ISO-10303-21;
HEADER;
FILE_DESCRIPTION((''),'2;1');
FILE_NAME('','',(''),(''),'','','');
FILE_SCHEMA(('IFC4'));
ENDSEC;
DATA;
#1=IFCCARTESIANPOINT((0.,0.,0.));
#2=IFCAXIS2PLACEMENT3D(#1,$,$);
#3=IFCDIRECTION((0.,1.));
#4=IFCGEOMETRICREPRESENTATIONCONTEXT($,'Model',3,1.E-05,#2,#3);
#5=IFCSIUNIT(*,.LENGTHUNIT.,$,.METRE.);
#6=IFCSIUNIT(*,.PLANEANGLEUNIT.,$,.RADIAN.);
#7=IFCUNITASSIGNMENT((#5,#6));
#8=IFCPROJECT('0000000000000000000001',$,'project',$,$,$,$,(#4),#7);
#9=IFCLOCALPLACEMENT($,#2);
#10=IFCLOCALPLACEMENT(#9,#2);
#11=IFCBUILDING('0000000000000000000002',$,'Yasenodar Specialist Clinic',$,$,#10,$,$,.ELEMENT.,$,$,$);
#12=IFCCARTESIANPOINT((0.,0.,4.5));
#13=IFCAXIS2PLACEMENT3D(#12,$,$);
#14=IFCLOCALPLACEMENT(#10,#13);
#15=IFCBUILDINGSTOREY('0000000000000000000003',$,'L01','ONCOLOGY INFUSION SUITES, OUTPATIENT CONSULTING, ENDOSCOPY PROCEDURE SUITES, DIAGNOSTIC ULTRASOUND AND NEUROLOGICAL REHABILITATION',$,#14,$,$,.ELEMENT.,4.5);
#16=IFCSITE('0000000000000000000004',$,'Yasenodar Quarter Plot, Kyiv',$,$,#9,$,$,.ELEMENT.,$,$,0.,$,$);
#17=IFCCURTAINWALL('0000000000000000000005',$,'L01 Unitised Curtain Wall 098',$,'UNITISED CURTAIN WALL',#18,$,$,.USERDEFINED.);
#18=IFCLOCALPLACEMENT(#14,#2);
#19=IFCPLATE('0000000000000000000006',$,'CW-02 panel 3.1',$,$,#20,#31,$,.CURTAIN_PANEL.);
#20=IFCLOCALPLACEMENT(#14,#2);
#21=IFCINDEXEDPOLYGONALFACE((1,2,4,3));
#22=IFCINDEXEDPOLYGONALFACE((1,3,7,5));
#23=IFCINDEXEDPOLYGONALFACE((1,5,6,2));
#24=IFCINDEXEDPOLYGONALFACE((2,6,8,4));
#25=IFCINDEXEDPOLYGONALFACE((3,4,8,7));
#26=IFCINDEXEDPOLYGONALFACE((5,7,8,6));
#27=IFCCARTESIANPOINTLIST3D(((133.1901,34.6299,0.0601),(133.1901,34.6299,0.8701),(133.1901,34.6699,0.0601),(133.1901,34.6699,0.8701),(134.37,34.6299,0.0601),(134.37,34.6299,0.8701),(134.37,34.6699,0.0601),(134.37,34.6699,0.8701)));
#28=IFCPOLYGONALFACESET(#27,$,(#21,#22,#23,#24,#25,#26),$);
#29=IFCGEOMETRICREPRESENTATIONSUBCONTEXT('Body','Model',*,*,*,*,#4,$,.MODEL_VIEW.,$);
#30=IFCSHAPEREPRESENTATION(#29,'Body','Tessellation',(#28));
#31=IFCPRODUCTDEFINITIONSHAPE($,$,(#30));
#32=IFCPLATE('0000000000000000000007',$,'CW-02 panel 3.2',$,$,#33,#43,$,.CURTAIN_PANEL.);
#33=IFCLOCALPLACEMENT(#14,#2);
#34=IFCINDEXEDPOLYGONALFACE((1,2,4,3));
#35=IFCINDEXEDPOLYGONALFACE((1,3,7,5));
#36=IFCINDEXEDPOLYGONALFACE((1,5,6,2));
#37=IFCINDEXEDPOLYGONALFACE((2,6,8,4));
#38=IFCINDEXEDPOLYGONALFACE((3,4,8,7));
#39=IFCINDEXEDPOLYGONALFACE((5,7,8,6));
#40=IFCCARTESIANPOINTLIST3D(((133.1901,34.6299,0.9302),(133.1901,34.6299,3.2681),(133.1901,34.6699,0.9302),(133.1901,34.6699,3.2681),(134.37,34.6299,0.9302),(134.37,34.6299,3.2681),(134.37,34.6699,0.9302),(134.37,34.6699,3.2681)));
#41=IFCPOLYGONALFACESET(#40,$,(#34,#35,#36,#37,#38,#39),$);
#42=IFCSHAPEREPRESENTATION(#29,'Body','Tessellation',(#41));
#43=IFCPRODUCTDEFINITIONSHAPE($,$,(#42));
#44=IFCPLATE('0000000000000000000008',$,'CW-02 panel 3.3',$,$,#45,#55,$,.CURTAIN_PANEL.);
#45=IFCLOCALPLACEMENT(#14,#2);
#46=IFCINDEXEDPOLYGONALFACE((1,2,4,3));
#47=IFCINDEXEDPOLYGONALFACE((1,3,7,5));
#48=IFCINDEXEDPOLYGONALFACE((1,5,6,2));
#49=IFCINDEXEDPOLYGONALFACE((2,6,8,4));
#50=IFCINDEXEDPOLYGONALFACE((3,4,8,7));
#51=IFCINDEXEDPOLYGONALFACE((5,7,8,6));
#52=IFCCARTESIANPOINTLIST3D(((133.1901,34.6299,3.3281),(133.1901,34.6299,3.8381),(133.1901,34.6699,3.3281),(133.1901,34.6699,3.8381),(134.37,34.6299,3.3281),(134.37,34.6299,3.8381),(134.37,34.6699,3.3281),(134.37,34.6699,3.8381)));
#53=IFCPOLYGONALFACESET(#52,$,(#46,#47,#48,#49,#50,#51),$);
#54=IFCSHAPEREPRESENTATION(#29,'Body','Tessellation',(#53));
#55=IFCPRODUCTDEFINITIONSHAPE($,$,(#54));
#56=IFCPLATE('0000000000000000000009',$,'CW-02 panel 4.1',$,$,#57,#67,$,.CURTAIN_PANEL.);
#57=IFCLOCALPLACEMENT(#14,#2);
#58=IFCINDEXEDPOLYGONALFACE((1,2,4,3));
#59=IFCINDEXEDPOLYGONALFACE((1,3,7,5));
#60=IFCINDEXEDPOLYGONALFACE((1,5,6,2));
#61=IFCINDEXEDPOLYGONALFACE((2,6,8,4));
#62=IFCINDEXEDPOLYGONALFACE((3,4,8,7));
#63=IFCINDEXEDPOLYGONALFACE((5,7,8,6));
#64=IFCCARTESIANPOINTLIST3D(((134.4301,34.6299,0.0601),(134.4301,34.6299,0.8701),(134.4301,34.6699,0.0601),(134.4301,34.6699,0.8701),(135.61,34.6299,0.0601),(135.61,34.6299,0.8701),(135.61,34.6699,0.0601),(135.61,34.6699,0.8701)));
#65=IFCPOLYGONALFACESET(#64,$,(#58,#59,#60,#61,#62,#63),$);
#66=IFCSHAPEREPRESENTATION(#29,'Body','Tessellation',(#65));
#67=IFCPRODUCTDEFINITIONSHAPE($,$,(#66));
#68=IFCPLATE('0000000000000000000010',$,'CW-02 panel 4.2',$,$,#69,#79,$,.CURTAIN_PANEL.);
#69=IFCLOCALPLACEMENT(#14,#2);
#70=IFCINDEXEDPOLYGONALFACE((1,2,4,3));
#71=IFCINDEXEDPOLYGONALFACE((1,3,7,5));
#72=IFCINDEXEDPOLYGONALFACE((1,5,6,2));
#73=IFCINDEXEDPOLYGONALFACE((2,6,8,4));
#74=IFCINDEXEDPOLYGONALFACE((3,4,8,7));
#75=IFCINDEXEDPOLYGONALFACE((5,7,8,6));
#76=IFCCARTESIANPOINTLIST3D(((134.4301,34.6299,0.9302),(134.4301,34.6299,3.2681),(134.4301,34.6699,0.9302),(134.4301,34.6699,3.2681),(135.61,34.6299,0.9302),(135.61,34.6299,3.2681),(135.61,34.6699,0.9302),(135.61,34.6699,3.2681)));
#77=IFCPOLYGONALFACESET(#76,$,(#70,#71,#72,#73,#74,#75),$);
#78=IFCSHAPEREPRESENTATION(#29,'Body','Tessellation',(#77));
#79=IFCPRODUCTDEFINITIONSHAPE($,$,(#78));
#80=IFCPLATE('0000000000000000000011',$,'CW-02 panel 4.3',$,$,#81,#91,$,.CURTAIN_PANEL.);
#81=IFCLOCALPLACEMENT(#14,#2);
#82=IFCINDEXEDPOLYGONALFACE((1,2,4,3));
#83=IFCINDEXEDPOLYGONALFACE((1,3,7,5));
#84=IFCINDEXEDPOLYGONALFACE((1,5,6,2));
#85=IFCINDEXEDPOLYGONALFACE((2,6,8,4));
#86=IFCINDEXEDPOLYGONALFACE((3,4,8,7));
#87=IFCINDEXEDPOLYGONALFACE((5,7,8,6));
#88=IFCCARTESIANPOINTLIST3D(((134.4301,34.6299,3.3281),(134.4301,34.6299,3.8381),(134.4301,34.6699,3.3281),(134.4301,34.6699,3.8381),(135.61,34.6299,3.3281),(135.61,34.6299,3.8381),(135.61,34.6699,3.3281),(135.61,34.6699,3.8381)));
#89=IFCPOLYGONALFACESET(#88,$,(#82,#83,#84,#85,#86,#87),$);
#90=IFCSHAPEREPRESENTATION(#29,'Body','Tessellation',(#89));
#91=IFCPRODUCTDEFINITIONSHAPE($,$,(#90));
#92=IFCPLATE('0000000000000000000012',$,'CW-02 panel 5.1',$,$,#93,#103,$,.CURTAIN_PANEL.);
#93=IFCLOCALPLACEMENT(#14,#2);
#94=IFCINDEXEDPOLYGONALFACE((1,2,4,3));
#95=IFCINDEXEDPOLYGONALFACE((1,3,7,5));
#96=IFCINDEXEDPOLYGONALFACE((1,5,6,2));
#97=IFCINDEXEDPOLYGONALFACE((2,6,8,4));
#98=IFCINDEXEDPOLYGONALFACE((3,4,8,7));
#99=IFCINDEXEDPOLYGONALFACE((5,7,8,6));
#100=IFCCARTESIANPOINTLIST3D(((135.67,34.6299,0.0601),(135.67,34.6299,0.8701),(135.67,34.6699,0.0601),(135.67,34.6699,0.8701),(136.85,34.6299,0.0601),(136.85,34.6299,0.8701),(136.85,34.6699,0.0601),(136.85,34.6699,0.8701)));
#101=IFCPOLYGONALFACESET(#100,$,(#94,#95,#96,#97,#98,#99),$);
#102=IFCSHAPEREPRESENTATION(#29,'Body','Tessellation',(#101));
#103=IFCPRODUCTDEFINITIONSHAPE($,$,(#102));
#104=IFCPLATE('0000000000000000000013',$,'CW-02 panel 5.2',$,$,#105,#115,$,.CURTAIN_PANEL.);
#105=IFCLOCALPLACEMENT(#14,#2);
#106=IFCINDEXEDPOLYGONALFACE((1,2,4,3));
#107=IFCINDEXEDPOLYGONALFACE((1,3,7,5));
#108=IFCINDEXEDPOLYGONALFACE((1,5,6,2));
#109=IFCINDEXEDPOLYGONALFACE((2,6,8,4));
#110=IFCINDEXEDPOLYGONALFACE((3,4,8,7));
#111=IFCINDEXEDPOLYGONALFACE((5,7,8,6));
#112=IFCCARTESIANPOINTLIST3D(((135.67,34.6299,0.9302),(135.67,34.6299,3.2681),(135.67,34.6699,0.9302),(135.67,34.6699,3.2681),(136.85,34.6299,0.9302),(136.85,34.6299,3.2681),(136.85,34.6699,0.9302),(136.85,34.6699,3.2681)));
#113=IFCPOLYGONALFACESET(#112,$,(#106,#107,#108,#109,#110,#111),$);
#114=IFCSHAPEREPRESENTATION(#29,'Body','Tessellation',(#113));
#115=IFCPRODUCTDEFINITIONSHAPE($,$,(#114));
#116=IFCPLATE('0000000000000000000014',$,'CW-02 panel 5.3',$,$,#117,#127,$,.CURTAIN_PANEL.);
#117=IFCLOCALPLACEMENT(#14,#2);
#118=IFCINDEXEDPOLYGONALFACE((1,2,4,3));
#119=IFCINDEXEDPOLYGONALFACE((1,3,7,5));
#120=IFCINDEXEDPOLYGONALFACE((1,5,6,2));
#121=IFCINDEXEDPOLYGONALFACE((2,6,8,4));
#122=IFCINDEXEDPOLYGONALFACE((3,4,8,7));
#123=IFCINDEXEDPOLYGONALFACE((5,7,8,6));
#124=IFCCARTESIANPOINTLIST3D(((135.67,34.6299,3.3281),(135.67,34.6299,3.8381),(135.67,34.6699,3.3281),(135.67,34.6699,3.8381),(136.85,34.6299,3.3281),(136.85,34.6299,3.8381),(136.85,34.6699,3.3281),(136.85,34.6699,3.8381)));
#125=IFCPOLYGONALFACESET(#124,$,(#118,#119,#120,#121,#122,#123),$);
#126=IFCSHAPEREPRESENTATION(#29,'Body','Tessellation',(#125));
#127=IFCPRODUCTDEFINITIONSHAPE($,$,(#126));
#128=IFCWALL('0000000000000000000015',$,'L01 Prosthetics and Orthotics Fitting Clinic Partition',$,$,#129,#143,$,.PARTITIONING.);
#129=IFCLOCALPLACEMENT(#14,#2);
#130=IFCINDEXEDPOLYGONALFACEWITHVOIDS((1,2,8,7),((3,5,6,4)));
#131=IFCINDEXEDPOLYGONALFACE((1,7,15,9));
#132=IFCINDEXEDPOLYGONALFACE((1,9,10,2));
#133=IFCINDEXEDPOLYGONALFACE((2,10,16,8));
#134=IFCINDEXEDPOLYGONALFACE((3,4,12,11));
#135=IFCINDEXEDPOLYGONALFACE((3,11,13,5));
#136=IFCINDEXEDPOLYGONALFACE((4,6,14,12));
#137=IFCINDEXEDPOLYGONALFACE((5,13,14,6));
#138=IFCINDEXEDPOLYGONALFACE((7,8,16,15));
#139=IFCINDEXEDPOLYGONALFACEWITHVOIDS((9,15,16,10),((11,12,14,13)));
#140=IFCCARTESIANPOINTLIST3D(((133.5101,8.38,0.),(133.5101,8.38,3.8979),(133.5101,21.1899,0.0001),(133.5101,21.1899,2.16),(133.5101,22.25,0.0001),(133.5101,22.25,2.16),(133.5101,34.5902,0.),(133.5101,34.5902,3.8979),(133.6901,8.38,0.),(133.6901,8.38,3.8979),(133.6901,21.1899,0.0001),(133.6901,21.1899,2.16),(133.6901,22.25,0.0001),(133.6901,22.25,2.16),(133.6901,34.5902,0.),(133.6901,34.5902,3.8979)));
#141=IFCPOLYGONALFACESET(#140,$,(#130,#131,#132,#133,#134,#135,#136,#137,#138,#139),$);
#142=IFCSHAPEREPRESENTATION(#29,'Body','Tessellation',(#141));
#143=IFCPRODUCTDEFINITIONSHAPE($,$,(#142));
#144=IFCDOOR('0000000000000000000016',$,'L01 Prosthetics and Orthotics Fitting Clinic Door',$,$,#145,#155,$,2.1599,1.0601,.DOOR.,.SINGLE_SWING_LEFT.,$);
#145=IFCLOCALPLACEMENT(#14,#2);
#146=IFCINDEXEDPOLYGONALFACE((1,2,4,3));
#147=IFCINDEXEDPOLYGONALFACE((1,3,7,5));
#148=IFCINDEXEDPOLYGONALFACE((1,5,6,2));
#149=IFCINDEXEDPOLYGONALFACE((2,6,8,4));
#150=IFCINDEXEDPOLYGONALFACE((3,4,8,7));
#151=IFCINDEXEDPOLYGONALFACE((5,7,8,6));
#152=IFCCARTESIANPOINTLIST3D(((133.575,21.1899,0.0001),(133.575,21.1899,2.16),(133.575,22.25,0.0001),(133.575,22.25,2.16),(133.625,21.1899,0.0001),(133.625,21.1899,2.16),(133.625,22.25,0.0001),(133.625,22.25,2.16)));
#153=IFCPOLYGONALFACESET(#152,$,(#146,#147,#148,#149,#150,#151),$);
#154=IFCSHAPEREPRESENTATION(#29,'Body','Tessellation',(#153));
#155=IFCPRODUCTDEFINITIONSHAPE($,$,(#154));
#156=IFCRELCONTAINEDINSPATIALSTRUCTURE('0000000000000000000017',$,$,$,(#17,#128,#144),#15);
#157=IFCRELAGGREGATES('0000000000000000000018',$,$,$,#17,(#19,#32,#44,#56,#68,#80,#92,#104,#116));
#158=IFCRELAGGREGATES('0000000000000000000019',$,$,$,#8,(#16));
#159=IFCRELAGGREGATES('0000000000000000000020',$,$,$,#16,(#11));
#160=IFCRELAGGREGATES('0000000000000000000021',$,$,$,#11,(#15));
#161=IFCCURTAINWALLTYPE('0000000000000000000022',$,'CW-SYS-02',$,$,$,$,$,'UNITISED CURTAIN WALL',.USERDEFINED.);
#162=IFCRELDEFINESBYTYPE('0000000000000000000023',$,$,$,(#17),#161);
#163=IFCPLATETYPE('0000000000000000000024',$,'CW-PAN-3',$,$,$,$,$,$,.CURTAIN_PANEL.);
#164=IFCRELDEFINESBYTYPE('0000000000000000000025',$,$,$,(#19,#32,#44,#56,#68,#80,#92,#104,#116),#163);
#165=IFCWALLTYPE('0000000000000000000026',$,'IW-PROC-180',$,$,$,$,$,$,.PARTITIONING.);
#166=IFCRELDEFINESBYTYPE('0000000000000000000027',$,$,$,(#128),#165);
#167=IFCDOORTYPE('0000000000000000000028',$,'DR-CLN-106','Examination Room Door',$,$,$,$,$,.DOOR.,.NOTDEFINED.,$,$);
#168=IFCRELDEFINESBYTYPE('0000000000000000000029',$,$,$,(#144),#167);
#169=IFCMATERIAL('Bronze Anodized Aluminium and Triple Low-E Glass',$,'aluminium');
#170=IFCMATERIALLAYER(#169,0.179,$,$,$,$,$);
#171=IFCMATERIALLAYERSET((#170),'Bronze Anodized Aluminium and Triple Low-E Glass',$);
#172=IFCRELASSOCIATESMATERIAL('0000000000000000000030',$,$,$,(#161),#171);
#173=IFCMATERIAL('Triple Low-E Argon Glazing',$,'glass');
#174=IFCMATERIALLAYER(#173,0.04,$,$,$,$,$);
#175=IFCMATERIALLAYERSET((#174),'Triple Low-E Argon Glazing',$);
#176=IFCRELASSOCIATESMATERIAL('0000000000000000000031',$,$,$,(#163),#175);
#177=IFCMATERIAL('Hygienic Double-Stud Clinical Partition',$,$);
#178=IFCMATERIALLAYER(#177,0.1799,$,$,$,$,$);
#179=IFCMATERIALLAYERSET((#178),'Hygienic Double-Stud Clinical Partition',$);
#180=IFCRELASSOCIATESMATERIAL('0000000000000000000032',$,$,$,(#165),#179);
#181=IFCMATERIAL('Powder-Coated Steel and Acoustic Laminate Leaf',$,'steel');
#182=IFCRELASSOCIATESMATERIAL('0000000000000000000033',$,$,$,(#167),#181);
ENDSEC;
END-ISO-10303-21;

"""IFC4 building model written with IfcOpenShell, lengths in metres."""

from ifc_helpers import new_model, si_unit, direction, frame, frame_2d, origin, origin_2d, place, context, subcontext, project, spatial, rectangle, extrude, material, layer, layer_set, type_object, element, fill, aggregate, save


model = new_model("IFC4")

# Units and contexts
model_context = context("Model", 3, precision=1e-05, world=origin(), true_north=direction((0.0, 1.0)))
body_context = subcontext(model_context, "Body", "Model", "MODEL_VIEW")
ifc_project = project(units=[si_unit("LENGTHUNIT", "METRE"), si_unit("PLANEANGLEUNIT", "RADIAN")], contexts=[model_context])

# Site, building, storey
site_placement = place(None, origin())
site = spatial("IfcSite", under=ifc_project, at=site_placement, Name="Yasenodar Quarter Plot, Kyiv", CompositionType="ELEMENT", RefElevation=0.0)
building_placement = place(site_placement, origin())
building = spatial("IfcBuilding", under=site, at=building_placement, Name="Yasenodar Specialist Clinic", CompositionType="ELEMENT")
storey_placement = place(building_placement, frame((0.0, 0.0, 4.5)))
storey = spatial("IfcBuildingStorey", under=building, at=storey_placement, Name="L01", Description="ONCOLOGY INFUSION SUITES, OUTPATIENT CONSULTING, ENDOSCOPY PROCEDURE SUITES, DIAGNOSTIC ULTRASOUND AND NEUROLOGICAL REHABILITATION", CompositionType="ELEMENT", Elevation=4.5)

# Curtain wall, plates
ifc_material_1 = material(Name="Bronze Anodized Aluminium and Triple Low-E Glass", Category="aluminium")
ifc_layer_1 = layer(ifc_material_1, 0.179)
ifc_layer_set_1 = layer_set([ifc_layer_1], Name="Bronze Anodized Aluminium and Triple Low-E Glass")
curtain_wall_type = type_object("IfcCurtainWallType", Name="CW-SYS-02", ElementType="UNITISED CURTAIN WALL", PredefinedType="USERDEFINED", material=ifc_layer_set_1)
curtain_wall_placement = place(storey_placement, origin())
curtain_wall = element("IfcCurtainWall", 1, at=curtain_wall_placement, inside=storey, type_object=curtain_wall_type, Name="L01 Unitised Curtain Wall 098", ObjectType="UNITISED CURTAIN WALL", PredefinedType="USERDEFINED")
ifc_material_2 = material(Name="Triple Low-E Argon Glazing", Category="glass")
ifc_layer_2 = layer(ifc_material_2, 0.04)
ifc_layer_set_2 = layer_set([ifc_layer_2], Name="Triple Low-E Argon Glazing")
plate_type = type_object("IfcPlateType", Name="CW-PAN-3", PredefinedType="CURTAIN_PANEL", material=ifc_layer_set_2)
plate_1_placement = place(storey_placement, frame((133.78, 34.6499, 0.0601), z_axis=(0.0, 0.0, 1.0), x_axis=(1.0, 0.0, 0.0)))
plate_1 = element("IfcPlate", 2, at=plate_1_placement, type_object=plate_type, Name="CW-02 panel 3.1", PredefinedType="CURTAIN_PANEL", context=body_context, shape_type="SweptSolid", body=[
    extrude(rectangle(XDim=1.1799, YDim=0.04, at=origin_2d()), origin(), (0.0, 0.0, 1.0), 0.8101),
])
plate_2_placement = place(storey_placement, frame((133.78, 34.6499, 0.9302), z_axis=(0.0, 0.0, 1.0), x_axis=(1.0, 0.0, 0.0)))
plate_2 = element("IfcPlate", 3, at=plate_2_placement, type_object=plate_type, Name="CW-02 panel 3.2", PredefinedType="CURTAIN_PANEL", context=body_context, shape_type="SweptSolid", body=[
    extrude(rectangle(XDim=1.1799, YDim=0.04, at=origin_2d()), origin(), (0.0, 0.0, 1.0), 2.3379),
])
plate_3_placement = place(storey_placement, frame((133.78, 34.6499, 3.3281), z_axis=(0.0, 0.0, 1.0), x_axis=(1.0, 0.0, 0.0)))
plate_3 = element("IfcPlate", 4, at=plate_3_placement, type_object=plate_type, Name="CW-02 panel 3.3", PredefinedType="CURTAIN_PANEL", context=body_context, shape_type="SweptSolid", body=[
    extrude(rectangle(XDim=1.1799, YDim=0.04, at=origin_2d()), origin(), (0.0, 0.0, 1.0), 0.51),
])
plate_4_placement = place(storey_placement, frame((135.02, 34.6499, 0.0601), z_axis=(0.0, 0.0, 1.0), x_axis=(1.0, 0.0, 0.0)))
plate_4 = element("IfcPlate", 5, at=plate_4_placement, type_object=plate_type, Name="CW-02 panel 4.1", PredefinedType="CURTAIN_PANEL", context=body_context, shape_type="SweptSolid", body=[
    extrude(rectangle(XDim=1.1799, YDim=0.04, at=origin_2d()), origin(), (0.0, 0.0, 1.0), 0.8101),
])
plate_5_placement = place(storey_placement, frame((135.02, 34.6499, 0.9302), z_axis=(0.0, 0.0, 1.0), x_axis=(1.0, 0.0, 0.0)))
plate_5 = element("IfcPlate", 6, at=plate_5_placement, type_object=plate_type, Name="CW-02 panel 4.2", PredefinedType="CURTAIN_PANEL", context=body_context, shape_type="SweptSolid", body=[
    extrude(rectangle(XDim=1.1799, YDim=0.04, at=origin_2d()), origin(), (0.0, 0.0, 1.0), 2.3379),
])
plate_6_placement = place(storey_placement, frame((135.02, 34.6499, 3.3281), z_axis=(0.0, 0.0, 1.0), x_axis=(1.0, 0.0, 0.0)))
plate_6 = element("IfcPlate", 7, at=plate_6_placement, type_object=plate_type, Name="CW-02 panel 4.3", PredefinedType="CURTAIN_PANEL", context=body_context, shape_type="SweptSolid", body=[
    extrude(rectangle(XDim=1.1799, YDim=0.04, at=origin_2d()), origin(), (0.0, 0.0, 1.0), 0.51),
])
plate_7_placement = place(storey_placement, frame((136.26, 34.6499, 0.0601), z_axis=(0.0, 0.0, 1.0), x_axis=(1.0, 0.0, 0.0)))
plate_7 = element("IfcPlate", 8, at=plate_7_placement, type_object=plate_type, Name="CW-02 panel 5.1", PredefinedType="CURTAIN_PANEL", context=body_context, shape_type="SweptSolid", body=[
    extrude(rectangle(XDim=1.1799, YDim=0.04, at=origin_2d()), origin(), (0.0, 0.0, 1.0), 0.8101),
])
plate_8_placement = place(storey_placement, frame((136.26, 34.6499, 0.9302), z_axis=(0.0, 0.0, 1.0), x_axis=(1.0, 0.0, 0.0)))
plate_8 = element("IfcPlate", 9, at=plate_8_placement, type_object=plate_type, Name="CW-02 panel 5.2", PredefinedType="CURTAIN_PANEL", context=body_context, shape_type="SweptSolid", body=[
    extrude(rectangle(XDim=1.1799, YDim=0.04, at=origin_2d()), origin(), (0.0, 0.0, 1.0), 2.3379),
])
plate_9_placement = place(storey_placement, frame((136.26, 34.6499, 3.3281), z_axis=(0.0, 0.0, 1.0), x_axis=(1.0, 0.0, 0.0)))
plate_9 = element("IfcPlate", 10, at=plate_9_placement, type_object=plate_type, Name="CW-02 panel 5.3", PredefinedType="CURTAIN_PANEL", context=body_context, shape_type="SweptSolid", body=[
    extrude(rectangle(XDim=1.1799, YDim=0.04, at=origin_2d()), origin(), (0.0, 0.0, 1.0), 0.51),
])
aggregate(curtain_wall, [plate_1, plate_2, plate_3, plate_4, plate_5, plate_6, plate_7, plate_8, plate_9])

# Wall, opening, door
ifc_material_3 = material(Name="Hygienic Double-Stud Clinical Partition")
ifc_layer_3 = layer(ifc_material_3, 0.1799)
ifc_layer_set_3 = layer_set([ifc_layer_3], Name="Hygienic Double-Stud Clinical Partition")
wall_type = type_object("IfcWallType", Name="IW-PROC-180", PredefinedType="PARTITIONING", material=ifc_layer_set_3)
wall_placement = place(storey_placement, frame((133.6001, 34.5901, 0.0), z_axis=(0.0, 0.0, 1.0), x_axis=(0.0, -1.0, 0.0)))
wall = element("IfcWall", 11, at=wall_placement, inside=storey, type_object=wall_type, Name="L01 Prosthetics and Orthotics Fitting Clinic Partition", PredefinedType="PARTITIONING", context=body_context, shape_type="SweptSolid", body=[
    extrude(rectangle(XDim=26.2102, YDim=0.1799, at=frame_2d((13.105, 0.0))), origin(), (0.0, 0.0, 1.0), 3.8979),
])
opening_placement = place(wall_placement, frame((12.3401, 0.0, 0.0)))
opening = element("IfcOpeningElement", 12, at=opening_placement, cuts=wall, PredefinedType="OPENING", context=body_context, shape_type="SweptSolid", body=[
    extrude(rectangle(XDim=1.0601, YDim=2.1599, at=frame_2d((0.53, 1.0801))), frame((0.0, 0.1001, 0.0), z_axis=(0.0, -1.0, 0.0), x_axis=(1.0, 0.0, 0.0)), (0.0, 0.0, 1.0), 0.2),
])
ifc_material_4 = material(Name="Powder-Coated Steel and Acoustic Laminate Leaf", Category="steel")
door_type = type_object("IfcDoorType", Name="DR-CLN-106", Description="Examination Room Door", OperationType="NOTDEFINED", PredefinedType="DOOR", material=ifc_material_4)
door_placement = place(opening_placement, origin())
door = element("IfcDoor", 13, at=door_placement, inside=storey, type_object=door_type, Name="L01 Prosthetics and Orthotics Fitting Clinic Door", OperationType="SINGLE_SWING_LEFT", OverallHeight=2.1599, OverallWidth=1.0601, PredefinedType="DOOR", context=body_context, shape_type="SweptSolid", body=[
    extrude(rectangle(XDim=1.0601, YDim=2.1599, at=frame_2d((0.53, 1.0801))), frame((0.0, 0.0249, 0.0), z_axis=(0.0, -1.0, 0.0), x_axis=(1.0, 0.0, 0.0)), (0.0, 0.0, 1.0), 0.05),
])
fill(opening, door)

save(model, "model.ifc")
